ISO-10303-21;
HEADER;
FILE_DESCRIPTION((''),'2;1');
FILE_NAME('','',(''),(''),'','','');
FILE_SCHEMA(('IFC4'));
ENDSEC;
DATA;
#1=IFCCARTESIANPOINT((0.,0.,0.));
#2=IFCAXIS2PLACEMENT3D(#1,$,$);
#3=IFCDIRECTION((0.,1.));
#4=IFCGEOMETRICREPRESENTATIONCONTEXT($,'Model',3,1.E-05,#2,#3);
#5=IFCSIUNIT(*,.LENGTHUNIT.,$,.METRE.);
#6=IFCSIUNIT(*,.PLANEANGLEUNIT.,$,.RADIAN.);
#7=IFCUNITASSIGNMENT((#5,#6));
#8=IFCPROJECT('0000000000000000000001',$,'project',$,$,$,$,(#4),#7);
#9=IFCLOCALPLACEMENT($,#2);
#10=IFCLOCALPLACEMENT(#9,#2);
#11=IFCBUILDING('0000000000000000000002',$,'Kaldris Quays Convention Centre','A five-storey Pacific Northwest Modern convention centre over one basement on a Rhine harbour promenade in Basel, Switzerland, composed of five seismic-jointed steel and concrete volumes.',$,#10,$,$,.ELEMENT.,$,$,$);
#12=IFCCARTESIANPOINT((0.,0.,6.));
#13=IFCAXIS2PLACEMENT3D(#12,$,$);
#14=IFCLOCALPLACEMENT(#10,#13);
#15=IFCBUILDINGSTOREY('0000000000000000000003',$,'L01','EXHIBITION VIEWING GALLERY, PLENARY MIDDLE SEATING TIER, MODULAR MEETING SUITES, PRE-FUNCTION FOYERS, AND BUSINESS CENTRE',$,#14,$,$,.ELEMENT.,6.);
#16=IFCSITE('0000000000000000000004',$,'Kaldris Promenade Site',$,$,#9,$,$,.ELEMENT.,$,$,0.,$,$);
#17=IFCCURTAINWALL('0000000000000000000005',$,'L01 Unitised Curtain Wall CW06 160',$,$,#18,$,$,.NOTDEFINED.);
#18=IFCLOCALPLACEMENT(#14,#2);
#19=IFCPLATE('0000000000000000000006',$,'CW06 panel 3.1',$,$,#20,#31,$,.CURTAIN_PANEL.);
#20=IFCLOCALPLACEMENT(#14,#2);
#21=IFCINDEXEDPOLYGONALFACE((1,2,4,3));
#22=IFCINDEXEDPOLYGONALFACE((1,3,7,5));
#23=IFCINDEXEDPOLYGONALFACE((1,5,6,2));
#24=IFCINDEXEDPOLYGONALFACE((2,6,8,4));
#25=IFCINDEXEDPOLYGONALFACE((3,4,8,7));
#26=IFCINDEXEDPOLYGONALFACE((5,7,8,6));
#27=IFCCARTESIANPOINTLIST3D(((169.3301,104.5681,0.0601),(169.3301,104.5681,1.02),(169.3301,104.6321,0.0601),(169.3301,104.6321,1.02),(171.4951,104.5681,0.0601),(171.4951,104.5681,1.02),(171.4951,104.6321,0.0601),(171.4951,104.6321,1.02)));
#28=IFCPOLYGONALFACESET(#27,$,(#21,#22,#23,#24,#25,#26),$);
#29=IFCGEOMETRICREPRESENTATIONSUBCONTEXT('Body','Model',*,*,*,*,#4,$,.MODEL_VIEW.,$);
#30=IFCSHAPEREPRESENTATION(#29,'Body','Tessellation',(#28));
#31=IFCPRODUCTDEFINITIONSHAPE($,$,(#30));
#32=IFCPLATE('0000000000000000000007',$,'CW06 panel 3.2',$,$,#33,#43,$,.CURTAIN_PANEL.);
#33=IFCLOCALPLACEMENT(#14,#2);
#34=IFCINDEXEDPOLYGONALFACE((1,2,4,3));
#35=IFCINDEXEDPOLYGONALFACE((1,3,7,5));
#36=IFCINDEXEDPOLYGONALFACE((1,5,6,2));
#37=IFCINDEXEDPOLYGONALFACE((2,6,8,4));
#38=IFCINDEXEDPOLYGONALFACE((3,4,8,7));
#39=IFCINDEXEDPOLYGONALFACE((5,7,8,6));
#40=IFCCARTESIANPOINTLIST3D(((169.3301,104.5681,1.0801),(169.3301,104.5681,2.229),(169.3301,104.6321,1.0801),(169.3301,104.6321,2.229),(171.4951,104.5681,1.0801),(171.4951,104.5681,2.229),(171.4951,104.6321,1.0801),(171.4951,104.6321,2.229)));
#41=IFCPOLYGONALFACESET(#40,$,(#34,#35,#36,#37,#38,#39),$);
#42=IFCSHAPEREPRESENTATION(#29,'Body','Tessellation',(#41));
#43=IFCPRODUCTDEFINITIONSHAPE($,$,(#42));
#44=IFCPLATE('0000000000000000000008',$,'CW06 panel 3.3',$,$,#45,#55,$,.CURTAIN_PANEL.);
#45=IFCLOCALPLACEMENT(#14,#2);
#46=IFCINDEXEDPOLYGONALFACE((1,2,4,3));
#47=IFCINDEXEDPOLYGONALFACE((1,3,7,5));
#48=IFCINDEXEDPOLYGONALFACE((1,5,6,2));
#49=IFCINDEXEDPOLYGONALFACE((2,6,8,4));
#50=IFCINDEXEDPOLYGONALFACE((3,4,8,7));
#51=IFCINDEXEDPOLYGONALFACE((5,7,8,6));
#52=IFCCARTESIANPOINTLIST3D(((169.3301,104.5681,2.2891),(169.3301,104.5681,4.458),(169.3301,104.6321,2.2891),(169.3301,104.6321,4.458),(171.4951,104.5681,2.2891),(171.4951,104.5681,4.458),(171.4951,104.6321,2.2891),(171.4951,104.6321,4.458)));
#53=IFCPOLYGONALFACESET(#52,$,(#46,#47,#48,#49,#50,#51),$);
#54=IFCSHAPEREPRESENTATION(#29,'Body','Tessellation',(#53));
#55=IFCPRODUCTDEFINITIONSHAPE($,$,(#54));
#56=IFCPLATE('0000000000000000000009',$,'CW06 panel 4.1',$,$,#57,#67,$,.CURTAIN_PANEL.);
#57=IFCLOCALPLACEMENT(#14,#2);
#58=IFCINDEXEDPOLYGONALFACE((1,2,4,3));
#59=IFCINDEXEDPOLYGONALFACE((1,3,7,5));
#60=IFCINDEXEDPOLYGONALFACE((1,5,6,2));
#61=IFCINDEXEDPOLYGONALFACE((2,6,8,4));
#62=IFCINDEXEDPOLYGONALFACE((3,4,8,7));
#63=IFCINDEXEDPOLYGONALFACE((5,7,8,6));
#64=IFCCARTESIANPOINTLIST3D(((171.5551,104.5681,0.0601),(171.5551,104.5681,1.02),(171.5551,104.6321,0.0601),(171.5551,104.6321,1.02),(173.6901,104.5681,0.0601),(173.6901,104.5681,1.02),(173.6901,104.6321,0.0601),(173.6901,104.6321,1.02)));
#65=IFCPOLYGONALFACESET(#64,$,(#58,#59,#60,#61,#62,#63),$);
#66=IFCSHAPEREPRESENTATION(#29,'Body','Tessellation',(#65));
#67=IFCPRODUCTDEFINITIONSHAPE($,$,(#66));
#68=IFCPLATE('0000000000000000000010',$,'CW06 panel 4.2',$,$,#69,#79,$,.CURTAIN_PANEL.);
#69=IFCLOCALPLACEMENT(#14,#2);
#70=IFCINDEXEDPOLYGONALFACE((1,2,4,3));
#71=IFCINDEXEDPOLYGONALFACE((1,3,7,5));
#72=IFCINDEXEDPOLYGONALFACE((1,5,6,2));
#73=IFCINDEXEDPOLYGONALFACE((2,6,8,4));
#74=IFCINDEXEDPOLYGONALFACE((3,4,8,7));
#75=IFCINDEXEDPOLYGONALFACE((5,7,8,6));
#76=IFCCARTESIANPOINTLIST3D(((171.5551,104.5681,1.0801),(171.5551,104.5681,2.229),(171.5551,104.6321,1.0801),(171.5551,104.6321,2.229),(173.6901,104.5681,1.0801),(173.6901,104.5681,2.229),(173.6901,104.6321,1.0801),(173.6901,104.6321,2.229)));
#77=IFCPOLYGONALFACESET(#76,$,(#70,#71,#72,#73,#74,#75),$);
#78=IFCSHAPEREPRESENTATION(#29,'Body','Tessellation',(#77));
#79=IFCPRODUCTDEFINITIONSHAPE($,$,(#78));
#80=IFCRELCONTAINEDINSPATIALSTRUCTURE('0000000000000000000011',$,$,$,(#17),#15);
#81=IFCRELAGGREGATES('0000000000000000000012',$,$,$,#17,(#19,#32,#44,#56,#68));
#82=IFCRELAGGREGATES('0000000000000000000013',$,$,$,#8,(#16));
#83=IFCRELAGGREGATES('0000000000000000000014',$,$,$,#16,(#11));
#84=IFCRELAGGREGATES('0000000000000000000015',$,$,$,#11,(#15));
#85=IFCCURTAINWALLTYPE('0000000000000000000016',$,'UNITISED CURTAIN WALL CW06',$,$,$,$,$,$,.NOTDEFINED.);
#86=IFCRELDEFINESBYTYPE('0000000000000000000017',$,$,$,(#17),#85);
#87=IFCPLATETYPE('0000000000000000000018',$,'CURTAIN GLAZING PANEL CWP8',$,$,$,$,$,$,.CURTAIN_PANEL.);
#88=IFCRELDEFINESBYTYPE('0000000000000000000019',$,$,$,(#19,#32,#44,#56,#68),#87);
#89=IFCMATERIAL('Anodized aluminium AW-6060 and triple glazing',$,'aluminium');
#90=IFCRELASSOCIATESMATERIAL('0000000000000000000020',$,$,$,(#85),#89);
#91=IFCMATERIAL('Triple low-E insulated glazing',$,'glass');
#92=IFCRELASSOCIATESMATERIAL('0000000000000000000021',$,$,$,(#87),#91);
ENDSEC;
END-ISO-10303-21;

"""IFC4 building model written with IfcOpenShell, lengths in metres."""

from ifc_helpers import new_model, si_unit, direction, frame, origin, origin_2d, place, context, subcontext, project, spatial, rectangle, extrude, material, type_object, element, aggregate, save


model = new_model("IFC4")

# Units and contexts
model_context = context("Model", 3, precision=1e-05, world=origin(), true_north=direction((0.0, 1.0)))
body_context = subcontext(model_context, "Body", "Model", "MODEL_VIEW")
ifc_project = project(units=[si_unit("LENGTHUNIT", "METRE"), si_unit("PLANEANGLEUNIT", "RADIAN")], contexts=[model_context])

# Site, building, storey
site_placement = place(None, origin())
site = spatial("IfcSite", under=ifc_project, at=site_placement, Name="Kaldris Promenade Site", CompositionType="ELEMENT", RefElevation=0.0)
building_placement = place(site_placement, origin())
building = spatial("IfcBuilding", under=site, at=building_placement, Name="Kaldris Quays Convention Centre", Description="A five-storey Pacific Northwest Modern convention centre over one basement on a Rhine harbour promenade in Basel, Switzerland, composed of five seismic-jointed steel and concrete volumes.", CompositionType="ELEMENT")
storey_placement = place(building_placement, frame((0.0, 0.0, 6.0)))
storey = spatial("IfcBuildingStorey", under=building, at=storey_placement, Name="L01", Description="EXHIBITION VIEWING GALLERY, PLENARY MIDDLE SEATING TIER, MODULAR MEETING SUITES, PRE-FUNCTION FOYERS, AND BUSINESS CENTRE", CompositionType="ELEMENT", Elevation=6.0)

# Curtain wall
ifc_material_1 = material(Name="Anodized aluminium AW-6060 and triple glazing", Category="aluminium")
curtain_wall_type = type_object("IfcCurtainWallType", Name="UNITISED CURTAIN WALL CW06", PredefinedType="NOTDEFINED", material=ifc_material_1)
curtain_wall_placement = place(storey_placement, origin())
curtain_wall = element("IfcCurtainWall", 1, at=curtain_wall_placement, inside=storey, type_object=curtain_wall_type, Name="L01 Unitised Curtain Wall CW06 160", PredefinedType="NOTDEFINED")

# Plates
ifc_material_2 = material(Name="Triple low-E insulated glazing", Category="glass")
plate_type = type_object("IfcPlateType", Name="CURTAIN GLAZING PANEL CWP8", PredefinedType="CURTAIN_PANEL", material=ifc_material_2)
plate_1_placement = place(storey_placement, frame((170.4126, 104.6001, 0.0601), z_axis=(0.0, 0.0, 1.0), x_axis=(1.0, 0.0, 0.0)))
plate_1 = element("IfcPlate", 2, at=plate_1_placement, type_object=plate_type, Name="CW06 panel 3.1", PredefinedType="CURTAIN_PANEL", context=body_context, shape_type="SweptSolid", body=[
    extrude(rectangle(XDim=2.165, YDim=0.064, at=origin_2d()), origin(), (0.0, 0.0, 1.0), 0.96),
])
plate_2_placement = place(storey_placement, frame((170.4126, 104.6001, 1.0801), z_axis=(0.0, 0.0, 1.0), x_axis=(1.0, 0.0, 0.0)))
plate_2 = element("IfcPlate", 3, at=plate_2_placement, type_object=plate_type, Name="CW06 panel 3.2", PredefinedType="CURTAIN_PANEL", context=body_context, shape_type="SweptSolid", body=[
    extrude(rectangle(XDim=2.165, YDim=0.064, at=origin_2d()), origin(), (0.0, 0.0, 1.0), 1.1489),
])
plate_3_placement = place(storey_placement, frame((170.4126, 104.6001, 2.2891), z_axis=(0.0, 0.0, 1.0), x_axis=(1.0, 0.0, 0.0)))
plate_3 = element("IfcPlate", 4, at=plate_3_placement, type_object=plate_type, Name="CW06 panel 3.3", PredefinedType="CURTAIN_PANEL", context=body_context, shape_type="SweptSolid", body=[
    extrude(rectangle(XDim=2.165, YDim=0.064, at=origin_2d()), origin(), (0.0, 0.0, 1.0), 2.1689),
])
plate_4_placement = place(storey_placement, frame((172.6226, 104.6001, 0.0601), z_axis=(0.0, 0.0, 1.0), x_axis=(1.0, 0.0, 0.0)))
plate_4 = element("IfcPlate", 5, at=plate_4_placement, type_object=plate_type, Name="CW06 panel 4.1", PredefinedType="CURTAIN_PANEL", context=body_context, shape_type="SweptSolid", body=[
    extrude(rectangle(XDim=2.135, YDim=0.064, at=origin_2d()), origin(), (0.0, 0.0, 1.0), 0.96),
])
plate_5_placement = place(storey_placement, frame((172.6226, 104.6001, 1.0801), z_axis=(0.0, 0.0, 1.0), x_axis=(1.0, 0.0, 0.0)))
plate_5 = element("IfcPlate", 6, at=plate_5_placement, type_object=plate_type, Name="CW06 panel 4.2", PredefinedType="CURTAIN_PANEL", context=body_context, shape_type="SweptSolid", body=[
    extrude(rectangle(XDim=2.135, YDim=0.064, at=origin_2d()), origin(), (0.0, 0.0, 1.0), 1.1489),
])
aggregate(curtain_wall, [plate_1, plate_2, plate_3, plate_4, plate_5])

save(model, "model.ifc")
